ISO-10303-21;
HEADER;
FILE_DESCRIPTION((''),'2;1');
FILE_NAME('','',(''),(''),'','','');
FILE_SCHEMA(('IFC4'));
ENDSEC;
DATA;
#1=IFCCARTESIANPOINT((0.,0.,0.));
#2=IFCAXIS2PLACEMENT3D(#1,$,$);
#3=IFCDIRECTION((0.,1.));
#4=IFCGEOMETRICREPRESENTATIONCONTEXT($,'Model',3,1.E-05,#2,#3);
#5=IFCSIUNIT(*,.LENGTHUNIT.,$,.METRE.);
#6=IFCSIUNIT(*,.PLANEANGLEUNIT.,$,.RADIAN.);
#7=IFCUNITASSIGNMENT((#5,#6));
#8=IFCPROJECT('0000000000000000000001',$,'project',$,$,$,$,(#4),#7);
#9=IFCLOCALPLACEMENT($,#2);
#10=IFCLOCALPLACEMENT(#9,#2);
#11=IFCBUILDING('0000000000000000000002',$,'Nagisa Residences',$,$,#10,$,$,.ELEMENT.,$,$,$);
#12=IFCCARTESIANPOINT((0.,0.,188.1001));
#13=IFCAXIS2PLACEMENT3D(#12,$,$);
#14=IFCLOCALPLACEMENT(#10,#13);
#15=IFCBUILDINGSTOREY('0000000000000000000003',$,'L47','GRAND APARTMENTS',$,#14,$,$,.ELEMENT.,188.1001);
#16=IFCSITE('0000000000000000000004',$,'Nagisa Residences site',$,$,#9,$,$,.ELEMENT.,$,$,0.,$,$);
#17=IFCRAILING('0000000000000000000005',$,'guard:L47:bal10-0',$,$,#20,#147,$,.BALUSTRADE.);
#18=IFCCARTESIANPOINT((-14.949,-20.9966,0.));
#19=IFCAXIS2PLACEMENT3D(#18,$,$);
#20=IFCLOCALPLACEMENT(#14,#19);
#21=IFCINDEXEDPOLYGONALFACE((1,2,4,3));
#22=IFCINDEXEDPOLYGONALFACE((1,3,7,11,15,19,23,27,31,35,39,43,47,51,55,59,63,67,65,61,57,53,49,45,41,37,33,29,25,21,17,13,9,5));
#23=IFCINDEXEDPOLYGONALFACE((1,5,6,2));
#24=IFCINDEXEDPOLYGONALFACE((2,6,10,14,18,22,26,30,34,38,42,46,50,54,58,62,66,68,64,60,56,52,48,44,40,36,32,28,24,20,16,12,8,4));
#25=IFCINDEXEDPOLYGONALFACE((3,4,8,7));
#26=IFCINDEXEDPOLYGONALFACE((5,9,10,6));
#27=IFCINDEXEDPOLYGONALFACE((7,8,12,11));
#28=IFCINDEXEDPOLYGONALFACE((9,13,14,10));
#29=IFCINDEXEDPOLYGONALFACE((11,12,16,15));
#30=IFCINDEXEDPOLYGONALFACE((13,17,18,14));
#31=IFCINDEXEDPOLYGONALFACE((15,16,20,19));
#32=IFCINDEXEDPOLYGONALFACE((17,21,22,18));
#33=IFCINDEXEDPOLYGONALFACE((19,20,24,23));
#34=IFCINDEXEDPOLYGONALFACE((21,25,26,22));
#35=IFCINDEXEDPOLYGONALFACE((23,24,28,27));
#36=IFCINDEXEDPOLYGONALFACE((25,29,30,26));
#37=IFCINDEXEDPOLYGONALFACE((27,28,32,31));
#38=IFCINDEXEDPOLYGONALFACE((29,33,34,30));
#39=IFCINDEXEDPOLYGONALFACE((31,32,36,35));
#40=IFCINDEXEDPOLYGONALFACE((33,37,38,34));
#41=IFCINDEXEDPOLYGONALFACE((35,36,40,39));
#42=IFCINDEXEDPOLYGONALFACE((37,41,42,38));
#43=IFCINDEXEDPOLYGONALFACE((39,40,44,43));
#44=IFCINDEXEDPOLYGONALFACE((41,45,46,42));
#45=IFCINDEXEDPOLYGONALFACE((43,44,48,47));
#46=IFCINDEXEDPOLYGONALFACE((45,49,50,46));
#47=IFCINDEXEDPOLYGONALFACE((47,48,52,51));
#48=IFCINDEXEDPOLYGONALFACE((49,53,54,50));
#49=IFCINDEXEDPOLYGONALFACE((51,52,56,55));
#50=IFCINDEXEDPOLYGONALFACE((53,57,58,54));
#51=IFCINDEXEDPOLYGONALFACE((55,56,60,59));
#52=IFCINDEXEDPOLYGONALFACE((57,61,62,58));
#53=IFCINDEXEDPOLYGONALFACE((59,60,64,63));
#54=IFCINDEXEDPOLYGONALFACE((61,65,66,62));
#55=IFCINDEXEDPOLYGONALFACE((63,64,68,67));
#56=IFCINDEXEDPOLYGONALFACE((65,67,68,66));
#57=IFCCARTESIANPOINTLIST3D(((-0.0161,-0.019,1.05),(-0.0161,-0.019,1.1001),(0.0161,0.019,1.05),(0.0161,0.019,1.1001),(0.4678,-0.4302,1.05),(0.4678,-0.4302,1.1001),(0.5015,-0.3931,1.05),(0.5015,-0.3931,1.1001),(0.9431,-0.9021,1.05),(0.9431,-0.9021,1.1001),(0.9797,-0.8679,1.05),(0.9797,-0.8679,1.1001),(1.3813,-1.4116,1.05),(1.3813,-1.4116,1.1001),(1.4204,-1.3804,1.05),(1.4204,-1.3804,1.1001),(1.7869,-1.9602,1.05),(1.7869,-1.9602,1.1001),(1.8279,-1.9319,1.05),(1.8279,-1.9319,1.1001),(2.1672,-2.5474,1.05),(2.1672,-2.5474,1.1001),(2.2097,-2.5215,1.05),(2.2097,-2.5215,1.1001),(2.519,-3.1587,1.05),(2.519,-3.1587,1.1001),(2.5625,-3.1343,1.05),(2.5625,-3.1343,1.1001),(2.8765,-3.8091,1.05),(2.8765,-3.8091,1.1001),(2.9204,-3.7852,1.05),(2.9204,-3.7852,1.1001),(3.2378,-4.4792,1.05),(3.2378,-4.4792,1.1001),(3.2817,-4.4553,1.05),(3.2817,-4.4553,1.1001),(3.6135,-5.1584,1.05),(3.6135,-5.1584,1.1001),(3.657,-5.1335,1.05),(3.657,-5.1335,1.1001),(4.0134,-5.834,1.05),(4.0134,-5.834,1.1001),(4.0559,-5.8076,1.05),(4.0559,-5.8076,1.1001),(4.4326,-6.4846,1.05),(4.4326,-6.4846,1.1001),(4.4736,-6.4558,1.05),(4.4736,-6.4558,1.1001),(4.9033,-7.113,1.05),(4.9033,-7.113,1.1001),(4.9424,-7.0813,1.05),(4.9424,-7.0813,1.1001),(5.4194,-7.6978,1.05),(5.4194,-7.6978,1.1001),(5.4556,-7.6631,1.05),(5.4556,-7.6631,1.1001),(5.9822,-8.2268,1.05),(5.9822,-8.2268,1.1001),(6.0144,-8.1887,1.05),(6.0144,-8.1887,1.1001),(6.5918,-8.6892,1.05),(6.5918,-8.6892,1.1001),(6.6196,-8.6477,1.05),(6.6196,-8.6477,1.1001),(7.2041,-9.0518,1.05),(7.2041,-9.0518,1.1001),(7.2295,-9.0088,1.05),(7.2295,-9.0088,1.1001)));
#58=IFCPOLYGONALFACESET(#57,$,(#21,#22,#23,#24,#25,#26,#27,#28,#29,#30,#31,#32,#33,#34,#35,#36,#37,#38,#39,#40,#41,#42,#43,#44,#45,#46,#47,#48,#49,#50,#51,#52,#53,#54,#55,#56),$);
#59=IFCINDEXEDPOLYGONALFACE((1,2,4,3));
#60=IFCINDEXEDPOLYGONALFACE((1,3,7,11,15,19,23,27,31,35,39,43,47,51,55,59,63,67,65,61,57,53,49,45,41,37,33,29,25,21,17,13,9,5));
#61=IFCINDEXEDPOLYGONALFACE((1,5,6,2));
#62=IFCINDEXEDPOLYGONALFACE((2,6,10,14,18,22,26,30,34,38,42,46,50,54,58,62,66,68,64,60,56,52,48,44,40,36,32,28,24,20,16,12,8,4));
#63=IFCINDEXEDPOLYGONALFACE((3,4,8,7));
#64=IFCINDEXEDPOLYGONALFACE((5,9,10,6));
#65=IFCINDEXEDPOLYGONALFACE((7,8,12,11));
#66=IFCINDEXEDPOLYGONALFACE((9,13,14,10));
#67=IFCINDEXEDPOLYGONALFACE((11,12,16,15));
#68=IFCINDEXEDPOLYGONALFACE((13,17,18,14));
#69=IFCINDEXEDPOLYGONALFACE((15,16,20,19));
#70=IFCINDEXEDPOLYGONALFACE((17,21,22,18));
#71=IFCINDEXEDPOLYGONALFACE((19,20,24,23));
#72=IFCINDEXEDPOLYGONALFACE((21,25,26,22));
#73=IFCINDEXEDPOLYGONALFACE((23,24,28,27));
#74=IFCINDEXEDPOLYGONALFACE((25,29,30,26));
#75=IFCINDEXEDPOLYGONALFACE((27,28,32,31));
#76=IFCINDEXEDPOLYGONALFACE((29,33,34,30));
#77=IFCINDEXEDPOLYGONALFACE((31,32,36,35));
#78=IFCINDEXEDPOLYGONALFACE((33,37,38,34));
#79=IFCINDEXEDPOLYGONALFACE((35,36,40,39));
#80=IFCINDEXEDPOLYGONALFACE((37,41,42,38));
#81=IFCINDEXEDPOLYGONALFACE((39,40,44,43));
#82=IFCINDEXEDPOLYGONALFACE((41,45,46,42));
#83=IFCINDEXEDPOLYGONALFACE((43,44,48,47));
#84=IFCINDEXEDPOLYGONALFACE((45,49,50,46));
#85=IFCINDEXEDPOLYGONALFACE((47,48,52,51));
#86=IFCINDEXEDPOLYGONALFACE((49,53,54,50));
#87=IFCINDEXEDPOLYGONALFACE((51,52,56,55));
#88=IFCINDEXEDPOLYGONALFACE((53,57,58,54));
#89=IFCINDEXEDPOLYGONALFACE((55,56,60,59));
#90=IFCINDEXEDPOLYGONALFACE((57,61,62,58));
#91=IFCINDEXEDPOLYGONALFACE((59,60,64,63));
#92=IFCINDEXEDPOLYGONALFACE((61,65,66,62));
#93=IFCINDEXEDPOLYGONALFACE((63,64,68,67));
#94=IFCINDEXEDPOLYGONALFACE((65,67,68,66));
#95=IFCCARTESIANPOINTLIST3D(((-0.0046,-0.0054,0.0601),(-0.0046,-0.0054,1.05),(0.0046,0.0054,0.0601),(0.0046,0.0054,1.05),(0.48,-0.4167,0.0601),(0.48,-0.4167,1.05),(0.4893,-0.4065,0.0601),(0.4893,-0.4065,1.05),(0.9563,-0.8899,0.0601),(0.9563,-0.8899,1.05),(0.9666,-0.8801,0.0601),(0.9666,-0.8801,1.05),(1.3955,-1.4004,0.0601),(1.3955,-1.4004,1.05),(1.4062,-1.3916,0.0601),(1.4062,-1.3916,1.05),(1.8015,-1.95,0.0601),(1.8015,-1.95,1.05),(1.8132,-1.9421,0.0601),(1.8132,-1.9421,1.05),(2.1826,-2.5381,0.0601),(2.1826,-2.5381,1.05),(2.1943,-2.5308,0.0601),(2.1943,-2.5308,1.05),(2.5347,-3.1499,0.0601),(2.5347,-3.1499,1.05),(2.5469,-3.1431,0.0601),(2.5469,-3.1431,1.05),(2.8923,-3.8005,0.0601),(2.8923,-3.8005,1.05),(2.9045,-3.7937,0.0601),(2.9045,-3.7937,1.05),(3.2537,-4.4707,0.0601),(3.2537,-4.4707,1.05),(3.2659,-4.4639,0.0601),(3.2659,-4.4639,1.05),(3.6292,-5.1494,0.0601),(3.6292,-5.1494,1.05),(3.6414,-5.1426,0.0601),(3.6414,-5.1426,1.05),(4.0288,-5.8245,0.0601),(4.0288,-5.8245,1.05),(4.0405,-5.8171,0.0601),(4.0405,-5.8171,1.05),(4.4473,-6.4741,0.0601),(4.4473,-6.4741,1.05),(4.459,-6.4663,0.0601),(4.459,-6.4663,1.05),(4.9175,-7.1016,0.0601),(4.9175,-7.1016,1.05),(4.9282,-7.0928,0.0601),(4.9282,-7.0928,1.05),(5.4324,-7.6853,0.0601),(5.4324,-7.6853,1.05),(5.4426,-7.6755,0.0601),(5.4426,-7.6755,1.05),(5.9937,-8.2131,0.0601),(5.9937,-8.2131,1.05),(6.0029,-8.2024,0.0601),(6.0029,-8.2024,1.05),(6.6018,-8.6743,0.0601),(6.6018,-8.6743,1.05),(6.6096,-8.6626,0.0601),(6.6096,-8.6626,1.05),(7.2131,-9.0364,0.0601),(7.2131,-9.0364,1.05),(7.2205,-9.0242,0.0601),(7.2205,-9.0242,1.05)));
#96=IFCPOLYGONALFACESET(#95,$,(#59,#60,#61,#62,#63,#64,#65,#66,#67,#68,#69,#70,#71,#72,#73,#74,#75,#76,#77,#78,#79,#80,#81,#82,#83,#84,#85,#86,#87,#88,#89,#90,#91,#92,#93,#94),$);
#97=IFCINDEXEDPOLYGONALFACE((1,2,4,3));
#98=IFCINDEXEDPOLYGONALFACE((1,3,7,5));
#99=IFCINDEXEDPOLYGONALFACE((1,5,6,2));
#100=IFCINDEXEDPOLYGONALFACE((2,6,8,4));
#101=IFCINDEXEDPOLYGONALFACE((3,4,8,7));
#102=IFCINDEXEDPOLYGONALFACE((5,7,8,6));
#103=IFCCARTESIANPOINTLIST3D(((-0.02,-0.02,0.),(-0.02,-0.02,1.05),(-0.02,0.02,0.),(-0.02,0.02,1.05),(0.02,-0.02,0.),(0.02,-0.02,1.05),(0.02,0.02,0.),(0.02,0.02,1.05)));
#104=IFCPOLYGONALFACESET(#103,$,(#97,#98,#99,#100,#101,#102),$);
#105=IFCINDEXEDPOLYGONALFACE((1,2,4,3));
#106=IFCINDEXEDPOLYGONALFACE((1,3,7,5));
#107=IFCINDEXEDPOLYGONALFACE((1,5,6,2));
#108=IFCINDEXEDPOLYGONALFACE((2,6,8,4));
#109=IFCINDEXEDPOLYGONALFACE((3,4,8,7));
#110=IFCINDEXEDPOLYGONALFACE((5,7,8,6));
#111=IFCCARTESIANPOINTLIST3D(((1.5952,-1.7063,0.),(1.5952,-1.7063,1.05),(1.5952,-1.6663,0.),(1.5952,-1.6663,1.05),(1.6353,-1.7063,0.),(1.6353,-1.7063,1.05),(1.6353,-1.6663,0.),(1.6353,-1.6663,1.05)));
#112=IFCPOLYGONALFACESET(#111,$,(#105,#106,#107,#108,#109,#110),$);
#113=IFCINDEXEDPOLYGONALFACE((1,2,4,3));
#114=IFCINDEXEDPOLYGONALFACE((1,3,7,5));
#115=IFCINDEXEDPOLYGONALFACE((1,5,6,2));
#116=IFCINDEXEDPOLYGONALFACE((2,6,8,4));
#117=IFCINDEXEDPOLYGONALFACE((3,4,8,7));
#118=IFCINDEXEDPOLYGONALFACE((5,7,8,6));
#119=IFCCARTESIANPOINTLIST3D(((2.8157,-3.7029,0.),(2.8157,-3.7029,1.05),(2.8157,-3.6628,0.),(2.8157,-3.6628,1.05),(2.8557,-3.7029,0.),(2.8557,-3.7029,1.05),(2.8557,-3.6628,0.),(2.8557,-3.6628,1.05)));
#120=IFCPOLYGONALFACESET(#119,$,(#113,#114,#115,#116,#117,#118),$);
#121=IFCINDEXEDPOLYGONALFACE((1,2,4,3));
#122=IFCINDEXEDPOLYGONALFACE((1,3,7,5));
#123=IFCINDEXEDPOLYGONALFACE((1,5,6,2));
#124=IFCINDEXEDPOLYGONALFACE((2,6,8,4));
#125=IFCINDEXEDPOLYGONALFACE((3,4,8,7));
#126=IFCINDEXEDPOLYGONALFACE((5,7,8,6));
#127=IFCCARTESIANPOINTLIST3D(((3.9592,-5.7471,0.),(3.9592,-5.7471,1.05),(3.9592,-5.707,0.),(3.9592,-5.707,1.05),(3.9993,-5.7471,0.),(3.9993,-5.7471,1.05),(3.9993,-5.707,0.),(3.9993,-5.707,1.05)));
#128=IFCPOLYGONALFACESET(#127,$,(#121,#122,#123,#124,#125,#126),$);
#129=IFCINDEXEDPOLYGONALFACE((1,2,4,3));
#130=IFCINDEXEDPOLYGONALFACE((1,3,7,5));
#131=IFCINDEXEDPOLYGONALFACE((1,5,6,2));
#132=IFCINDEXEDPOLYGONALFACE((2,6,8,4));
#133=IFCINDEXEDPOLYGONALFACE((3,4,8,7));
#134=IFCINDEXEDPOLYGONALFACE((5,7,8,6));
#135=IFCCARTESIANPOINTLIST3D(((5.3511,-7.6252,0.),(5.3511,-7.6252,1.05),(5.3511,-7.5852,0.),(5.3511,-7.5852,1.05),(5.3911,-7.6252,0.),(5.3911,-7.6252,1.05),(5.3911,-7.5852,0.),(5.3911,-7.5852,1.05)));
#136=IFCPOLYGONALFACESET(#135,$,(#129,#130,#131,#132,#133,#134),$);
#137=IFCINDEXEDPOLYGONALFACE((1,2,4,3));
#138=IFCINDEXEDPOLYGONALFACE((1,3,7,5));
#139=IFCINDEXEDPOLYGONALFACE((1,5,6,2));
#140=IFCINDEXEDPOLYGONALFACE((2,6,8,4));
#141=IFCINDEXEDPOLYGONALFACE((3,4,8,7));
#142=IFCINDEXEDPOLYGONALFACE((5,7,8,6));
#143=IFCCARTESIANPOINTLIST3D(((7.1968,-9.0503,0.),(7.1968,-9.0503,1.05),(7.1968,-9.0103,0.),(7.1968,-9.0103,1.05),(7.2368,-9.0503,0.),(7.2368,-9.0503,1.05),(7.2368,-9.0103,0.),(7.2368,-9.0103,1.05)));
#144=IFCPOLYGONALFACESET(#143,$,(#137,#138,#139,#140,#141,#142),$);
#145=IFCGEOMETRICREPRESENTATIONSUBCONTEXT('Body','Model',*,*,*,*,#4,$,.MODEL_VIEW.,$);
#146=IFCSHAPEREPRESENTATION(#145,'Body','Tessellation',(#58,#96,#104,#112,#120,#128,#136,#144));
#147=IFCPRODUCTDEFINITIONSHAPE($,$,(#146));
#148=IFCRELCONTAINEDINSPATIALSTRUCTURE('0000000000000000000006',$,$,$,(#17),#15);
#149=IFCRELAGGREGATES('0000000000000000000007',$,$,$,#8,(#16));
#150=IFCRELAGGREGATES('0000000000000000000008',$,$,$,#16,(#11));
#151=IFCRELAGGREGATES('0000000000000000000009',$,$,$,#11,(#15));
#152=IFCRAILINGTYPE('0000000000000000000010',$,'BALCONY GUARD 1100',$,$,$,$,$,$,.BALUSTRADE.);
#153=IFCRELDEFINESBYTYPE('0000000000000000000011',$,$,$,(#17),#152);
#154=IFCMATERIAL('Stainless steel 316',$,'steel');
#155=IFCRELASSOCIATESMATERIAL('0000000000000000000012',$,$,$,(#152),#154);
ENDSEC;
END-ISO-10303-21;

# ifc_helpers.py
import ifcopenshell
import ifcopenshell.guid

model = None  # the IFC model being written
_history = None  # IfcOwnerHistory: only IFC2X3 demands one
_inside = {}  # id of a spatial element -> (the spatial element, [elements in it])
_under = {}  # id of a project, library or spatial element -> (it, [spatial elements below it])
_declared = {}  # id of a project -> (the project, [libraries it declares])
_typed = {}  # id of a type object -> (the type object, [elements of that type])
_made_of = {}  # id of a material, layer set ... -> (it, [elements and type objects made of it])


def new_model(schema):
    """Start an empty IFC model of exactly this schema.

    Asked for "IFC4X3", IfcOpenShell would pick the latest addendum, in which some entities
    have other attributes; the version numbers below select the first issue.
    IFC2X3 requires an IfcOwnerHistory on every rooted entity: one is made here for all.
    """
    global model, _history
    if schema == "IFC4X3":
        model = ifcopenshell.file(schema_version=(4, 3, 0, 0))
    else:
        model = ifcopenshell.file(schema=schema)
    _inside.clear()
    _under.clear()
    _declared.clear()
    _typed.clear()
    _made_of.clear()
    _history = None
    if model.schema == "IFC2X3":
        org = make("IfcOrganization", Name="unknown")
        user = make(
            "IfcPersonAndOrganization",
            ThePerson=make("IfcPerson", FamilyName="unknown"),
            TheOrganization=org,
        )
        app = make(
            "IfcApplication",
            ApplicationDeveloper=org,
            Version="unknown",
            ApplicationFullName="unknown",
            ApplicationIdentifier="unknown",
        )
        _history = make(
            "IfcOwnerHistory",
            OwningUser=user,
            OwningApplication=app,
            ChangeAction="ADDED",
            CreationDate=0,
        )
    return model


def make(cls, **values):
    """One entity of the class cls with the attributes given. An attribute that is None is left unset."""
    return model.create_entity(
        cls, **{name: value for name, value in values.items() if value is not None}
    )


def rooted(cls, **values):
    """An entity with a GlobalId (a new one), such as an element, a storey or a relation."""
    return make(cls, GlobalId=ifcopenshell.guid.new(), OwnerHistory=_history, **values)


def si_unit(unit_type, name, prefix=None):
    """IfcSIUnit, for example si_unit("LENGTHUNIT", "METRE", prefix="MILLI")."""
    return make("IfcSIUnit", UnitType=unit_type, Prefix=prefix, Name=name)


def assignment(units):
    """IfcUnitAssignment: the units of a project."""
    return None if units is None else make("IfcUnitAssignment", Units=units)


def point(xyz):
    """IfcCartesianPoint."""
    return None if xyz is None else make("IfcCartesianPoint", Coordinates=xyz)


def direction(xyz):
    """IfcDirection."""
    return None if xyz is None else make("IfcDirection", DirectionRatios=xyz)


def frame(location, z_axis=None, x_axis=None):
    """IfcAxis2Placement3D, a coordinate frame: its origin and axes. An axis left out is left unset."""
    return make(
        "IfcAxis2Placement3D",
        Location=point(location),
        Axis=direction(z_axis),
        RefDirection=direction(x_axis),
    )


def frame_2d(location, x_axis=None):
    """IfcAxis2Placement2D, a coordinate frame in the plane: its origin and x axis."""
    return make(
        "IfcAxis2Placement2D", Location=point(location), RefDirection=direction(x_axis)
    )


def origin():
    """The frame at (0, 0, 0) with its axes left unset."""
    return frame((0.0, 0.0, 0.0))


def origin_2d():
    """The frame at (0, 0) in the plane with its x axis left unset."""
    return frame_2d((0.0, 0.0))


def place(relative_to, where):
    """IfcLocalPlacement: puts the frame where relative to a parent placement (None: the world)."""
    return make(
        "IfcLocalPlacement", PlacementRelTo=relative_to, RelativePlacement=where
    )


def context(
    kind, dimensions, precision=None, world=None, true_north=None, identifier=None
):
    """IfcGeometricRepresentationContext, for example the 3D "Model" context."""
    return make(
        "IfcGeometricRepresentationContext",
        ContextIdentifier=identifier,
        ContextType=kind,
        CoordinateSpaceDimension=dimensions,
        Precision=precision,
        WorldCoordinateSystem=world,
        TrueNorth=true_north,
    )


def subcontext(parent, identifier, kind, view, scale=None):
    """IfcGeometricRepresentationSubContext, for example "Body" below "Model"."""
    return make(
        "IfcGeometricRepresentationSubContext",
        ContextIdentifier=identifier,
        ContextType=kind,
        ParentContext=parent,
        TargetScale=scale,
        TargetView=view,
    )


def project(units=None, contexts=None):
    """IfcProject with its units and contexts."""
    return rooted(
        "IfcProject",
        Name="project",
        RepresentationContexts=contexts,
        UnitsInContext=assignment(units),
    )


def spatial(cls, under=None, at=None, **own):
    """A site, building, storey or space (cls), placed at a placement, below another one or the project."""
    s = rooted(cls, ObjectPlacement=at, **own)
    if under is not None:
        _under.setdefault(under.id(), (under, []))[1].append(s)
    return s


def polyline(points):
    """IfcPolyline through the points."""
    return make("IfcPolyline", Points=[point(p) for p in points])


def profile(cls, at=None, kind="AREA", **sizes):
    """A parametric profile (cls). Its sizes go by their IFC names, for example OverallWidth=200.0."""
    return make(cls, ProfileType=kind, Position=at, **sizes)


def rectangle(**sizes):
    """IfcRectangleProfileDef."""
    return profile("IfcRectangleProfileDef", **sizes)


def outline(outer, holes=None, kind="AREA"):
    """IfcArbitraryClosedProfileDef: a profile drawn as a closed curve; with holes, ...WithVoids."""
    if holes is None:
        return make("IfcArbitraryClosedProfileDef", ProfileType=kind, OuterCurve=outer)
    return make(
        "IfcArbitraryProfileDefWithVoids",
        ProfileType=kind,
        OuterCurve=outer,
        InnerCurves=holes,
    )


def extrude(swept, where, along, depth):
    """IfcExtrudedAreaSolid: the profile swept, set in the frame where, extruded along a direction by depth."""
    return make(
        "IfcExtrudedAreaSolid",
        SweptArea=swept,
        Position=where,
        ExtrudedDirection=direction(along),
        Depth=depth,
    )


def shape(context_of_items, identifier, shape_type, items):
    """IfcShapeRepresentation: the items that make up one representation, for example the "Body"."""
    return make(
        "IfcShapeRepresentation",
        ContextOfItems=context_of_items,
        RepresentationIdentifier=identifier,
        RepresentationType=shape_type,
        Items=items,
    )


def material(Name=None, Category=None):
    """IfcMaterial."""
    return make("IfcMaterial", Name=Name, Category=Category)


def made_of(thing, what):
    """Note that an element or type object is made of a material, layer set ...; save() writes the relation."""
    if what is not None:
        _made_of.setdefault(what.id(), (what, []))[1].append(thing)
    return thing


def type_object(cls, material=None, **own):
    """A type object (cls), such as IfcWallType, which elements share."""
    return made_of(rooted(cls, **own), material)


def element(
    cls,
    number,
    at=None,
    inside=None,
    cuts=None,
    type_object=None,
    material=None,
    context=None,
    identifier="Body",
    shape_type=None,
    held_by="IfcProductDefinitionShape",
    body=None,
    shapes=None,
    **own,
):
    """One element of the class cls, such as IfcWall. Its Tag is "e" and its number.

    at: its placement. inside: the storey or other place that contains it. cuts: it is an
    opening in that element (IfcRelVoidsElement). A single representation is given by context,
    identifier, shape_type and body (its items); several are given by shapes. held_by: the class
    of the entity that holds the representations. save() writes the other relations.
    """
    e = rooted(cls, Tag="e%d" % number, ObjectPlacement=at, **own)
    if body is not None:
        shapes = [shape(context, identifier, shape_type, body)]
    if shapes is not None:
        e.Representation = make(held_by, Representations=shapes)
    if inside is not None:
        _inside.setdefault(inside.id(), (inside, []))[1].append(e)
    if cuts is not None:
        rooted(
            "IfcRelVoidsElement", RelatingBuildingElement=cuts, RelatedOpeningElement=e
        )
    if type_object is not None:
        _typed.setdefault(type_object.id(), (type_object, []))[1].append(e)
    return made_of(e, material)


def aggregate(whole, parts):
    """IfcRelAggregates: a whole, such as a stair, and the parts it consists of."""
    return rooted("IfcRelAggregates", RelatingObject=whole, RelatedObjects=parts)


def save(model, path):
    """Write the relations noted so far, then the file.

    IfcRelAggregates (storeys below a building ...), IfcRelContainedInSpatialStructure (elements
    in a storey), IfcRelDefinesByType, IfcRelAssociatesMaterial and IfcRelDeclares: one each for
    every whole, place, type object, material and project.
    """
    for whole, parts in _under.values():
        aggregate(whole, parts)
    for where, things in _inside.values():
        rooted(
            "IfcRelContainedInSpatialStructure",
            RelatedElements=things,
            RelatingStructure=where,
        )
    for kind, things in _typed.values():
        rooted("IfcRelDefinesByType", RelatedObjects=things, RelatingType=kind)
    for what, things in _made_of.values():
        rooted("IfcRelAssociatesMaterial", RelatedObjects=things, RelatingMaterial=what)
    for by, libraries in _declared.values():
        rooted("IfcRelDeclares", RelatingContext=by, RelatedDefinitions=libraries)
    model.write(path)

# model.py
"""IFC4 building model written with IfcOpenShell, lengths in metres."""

from ifc_helpers import new_model, si_unit, direction, frame, origin, origin_2d, place, context, subcontext, project, spatial, polyline, rectangle, outline, extrude, material, type_object, element, save


model = new_model("IFC4")

# Units and contexts
model_context = context("Model", 3, precision=1e-05, world=origin(), true_north=direction((0.0, 1.0)))
body_context = subcontext(model_context, "Body", "Model", "MODEL_VIEW")
ifc_project = project(units=[si_unit("LENGTHUNIT", "METRE"), si_unit("PLANEANGLEUNIT", "RADIAN")], contexts=[model_context])

# Site, building, storey
site_placement = place(None, origin())
site = spatial("IfcSite", under=ifc_project, at=site_placement, Name="Nagisa Residences site", CompositionType="ELEMENT", RefElevation=0.0)
building_placement = place(site_placement, origin())
building = spatial("IfcBuilding", under=site, at=building_placement, Name="Nagisa Residences", CompositionType="ELEMENT")
storey_placement = place(building_placement, frame((0.0, 0.0, 188.1001)))
storey = spatial("IfcBuildingStorey", under=building, at=storey_placement, Name="L47", Description="GRAND APARTMENTS", CompositionType="ELEMENT", Elevation=188.1001)

# Railing
ifc_material_1 = material(Name="Stainless steel 316", Category="steel")
railing_type = type_object("IfcRailingType", Name="BALCONY GUARD 1100", PredefinedType="BALUSTRADE", material=ifc_material_1)
railing_1_placement = place(storey_placement, frame((-14.949, -20.9966, 0.0)))
element("IfcRailing", 1, at=railing_1_placement, inside=storey, type_object=railing_type, Name="guard:L47:bal10-0", PredefinedType="BALUSTRADE", context=body_context, shape_type="SweptSolid", body=[
    extrude(outline(polyline([(0.5015, -0.3931), (0.0161, 0.019), (-0.0161, -0.019), (0.4678, -0.4302), (0.9431, -0.9021), (1.3813, -1.4116), (1.7869, -1.9602), (2.1672, -2.5474), (2.519, -3.1587), (2.8765, -3.8091), (3.2378, -4.4792), (3.6135, -5.1584), (4.0134, -5.834), (4.4326, -6.4846), (4.9033, -7.113), (5.4194, -7.6978), (5.9822, -8.2268), (6.5918, -8.6892), (7.2041, -9.0518), (7.2295, -9.0088), (6.6196, -8.6477), (6.0144, -8.1887), (5.4556, -7.6631), (4.9424, -7.0813), (4.4736, -6.4558), (4.0559, -5.8076), (3.657, -5.1335), (3.2817, -4.4553), (2.9204, -3.7852), (2.5625, -3.1343), (2.2097, -2.5215), (1.8279, -1.9319), (1.4204, -1.3804), (0.9797, -0.8679), (0.5015, -0.3931)])), frame((0.0, 0.0, 1.05)), (0.0, 0.0, 1.0), 0.05),
    extrude(outline(polyline([(0.4893, -0.4065), (0.0046, 0.0054), (-0.0046, -0.0054), (0.48, -0.4167), (0.9563, -0.8899), (1.3955, -1.4004), (1.8015, -1.95), (2.1826, -2.5381), (2.5347, -3.1499), (2.8923, -3.8005), (3.2537, -4.4707), (3.6292, -5.1494), (4.0288, -5.8245), (4.4473, -6.4741), (4.9175, -7.1016), (5.4324, -7.6853), (5.9937, -8.2131), (6.6018, -8.6743), (7.2131, -9.0364), (7.2205, -9.0242), (6.6096, -8.6626), (6.0029, -8.2024), (5.4426, -7.6755), (4.9282, -7.0928), (4.459, -6.4663), (4.0405, -5.8171), (3.6414, -5.1426), (3.2659, -4.4639), (2.9045, -3.7937), (2.5469, -3.1431), (2.1943, -2.5308), (1.8132, -1.9421), (1.4062, -1.3916), (0.9666, -0.8801), (0.4893, -0.4065)])), frame((0.0, 0.0, 0.0601)), (0.0, 0.0, 1.0), 0.99),
    extrude(rectangle(XDim=0.04, YDim=0.04, at=origin_2d()), origin(), (0.0, 0.0, 1.0), 1.05),
    extrude(rectangle(XDim=0.04, YDim=0.04, at=origin_2d()), frame((1.6152, -1.6863, 0.0)), (0.0, 0.0, 1.0), 1.05),
    extrude(rectangle(XDim=0.04, YDim=0.04, at=origin_2d()), frame((2.8357, -3.6829, 0.0)), (0.0, 0.0, 1.0), 1.05),
    extrude(rectangle(XDim=0.04, YDim=0.04, at=origin_2d()), frame((3.9792, -5.7271, 0.0)), (0.0, 0.0, 1.0), 1.05),
    extrude(rectangle(XDim=0.04, YDim=0.04, at=origin_2d()), frame((5.3711, -7.6052, 0.0)), (0.0, 0.0, 1.0), 1.05),
    extrude(rectangle(XDim=0.04, YDim=0.04, at=origin_2d()), frame((7.2168, -9.0303, 0.0)), (0.0, 0.0, 1.0), 1.05),
])

save(model, "model.ifc")
